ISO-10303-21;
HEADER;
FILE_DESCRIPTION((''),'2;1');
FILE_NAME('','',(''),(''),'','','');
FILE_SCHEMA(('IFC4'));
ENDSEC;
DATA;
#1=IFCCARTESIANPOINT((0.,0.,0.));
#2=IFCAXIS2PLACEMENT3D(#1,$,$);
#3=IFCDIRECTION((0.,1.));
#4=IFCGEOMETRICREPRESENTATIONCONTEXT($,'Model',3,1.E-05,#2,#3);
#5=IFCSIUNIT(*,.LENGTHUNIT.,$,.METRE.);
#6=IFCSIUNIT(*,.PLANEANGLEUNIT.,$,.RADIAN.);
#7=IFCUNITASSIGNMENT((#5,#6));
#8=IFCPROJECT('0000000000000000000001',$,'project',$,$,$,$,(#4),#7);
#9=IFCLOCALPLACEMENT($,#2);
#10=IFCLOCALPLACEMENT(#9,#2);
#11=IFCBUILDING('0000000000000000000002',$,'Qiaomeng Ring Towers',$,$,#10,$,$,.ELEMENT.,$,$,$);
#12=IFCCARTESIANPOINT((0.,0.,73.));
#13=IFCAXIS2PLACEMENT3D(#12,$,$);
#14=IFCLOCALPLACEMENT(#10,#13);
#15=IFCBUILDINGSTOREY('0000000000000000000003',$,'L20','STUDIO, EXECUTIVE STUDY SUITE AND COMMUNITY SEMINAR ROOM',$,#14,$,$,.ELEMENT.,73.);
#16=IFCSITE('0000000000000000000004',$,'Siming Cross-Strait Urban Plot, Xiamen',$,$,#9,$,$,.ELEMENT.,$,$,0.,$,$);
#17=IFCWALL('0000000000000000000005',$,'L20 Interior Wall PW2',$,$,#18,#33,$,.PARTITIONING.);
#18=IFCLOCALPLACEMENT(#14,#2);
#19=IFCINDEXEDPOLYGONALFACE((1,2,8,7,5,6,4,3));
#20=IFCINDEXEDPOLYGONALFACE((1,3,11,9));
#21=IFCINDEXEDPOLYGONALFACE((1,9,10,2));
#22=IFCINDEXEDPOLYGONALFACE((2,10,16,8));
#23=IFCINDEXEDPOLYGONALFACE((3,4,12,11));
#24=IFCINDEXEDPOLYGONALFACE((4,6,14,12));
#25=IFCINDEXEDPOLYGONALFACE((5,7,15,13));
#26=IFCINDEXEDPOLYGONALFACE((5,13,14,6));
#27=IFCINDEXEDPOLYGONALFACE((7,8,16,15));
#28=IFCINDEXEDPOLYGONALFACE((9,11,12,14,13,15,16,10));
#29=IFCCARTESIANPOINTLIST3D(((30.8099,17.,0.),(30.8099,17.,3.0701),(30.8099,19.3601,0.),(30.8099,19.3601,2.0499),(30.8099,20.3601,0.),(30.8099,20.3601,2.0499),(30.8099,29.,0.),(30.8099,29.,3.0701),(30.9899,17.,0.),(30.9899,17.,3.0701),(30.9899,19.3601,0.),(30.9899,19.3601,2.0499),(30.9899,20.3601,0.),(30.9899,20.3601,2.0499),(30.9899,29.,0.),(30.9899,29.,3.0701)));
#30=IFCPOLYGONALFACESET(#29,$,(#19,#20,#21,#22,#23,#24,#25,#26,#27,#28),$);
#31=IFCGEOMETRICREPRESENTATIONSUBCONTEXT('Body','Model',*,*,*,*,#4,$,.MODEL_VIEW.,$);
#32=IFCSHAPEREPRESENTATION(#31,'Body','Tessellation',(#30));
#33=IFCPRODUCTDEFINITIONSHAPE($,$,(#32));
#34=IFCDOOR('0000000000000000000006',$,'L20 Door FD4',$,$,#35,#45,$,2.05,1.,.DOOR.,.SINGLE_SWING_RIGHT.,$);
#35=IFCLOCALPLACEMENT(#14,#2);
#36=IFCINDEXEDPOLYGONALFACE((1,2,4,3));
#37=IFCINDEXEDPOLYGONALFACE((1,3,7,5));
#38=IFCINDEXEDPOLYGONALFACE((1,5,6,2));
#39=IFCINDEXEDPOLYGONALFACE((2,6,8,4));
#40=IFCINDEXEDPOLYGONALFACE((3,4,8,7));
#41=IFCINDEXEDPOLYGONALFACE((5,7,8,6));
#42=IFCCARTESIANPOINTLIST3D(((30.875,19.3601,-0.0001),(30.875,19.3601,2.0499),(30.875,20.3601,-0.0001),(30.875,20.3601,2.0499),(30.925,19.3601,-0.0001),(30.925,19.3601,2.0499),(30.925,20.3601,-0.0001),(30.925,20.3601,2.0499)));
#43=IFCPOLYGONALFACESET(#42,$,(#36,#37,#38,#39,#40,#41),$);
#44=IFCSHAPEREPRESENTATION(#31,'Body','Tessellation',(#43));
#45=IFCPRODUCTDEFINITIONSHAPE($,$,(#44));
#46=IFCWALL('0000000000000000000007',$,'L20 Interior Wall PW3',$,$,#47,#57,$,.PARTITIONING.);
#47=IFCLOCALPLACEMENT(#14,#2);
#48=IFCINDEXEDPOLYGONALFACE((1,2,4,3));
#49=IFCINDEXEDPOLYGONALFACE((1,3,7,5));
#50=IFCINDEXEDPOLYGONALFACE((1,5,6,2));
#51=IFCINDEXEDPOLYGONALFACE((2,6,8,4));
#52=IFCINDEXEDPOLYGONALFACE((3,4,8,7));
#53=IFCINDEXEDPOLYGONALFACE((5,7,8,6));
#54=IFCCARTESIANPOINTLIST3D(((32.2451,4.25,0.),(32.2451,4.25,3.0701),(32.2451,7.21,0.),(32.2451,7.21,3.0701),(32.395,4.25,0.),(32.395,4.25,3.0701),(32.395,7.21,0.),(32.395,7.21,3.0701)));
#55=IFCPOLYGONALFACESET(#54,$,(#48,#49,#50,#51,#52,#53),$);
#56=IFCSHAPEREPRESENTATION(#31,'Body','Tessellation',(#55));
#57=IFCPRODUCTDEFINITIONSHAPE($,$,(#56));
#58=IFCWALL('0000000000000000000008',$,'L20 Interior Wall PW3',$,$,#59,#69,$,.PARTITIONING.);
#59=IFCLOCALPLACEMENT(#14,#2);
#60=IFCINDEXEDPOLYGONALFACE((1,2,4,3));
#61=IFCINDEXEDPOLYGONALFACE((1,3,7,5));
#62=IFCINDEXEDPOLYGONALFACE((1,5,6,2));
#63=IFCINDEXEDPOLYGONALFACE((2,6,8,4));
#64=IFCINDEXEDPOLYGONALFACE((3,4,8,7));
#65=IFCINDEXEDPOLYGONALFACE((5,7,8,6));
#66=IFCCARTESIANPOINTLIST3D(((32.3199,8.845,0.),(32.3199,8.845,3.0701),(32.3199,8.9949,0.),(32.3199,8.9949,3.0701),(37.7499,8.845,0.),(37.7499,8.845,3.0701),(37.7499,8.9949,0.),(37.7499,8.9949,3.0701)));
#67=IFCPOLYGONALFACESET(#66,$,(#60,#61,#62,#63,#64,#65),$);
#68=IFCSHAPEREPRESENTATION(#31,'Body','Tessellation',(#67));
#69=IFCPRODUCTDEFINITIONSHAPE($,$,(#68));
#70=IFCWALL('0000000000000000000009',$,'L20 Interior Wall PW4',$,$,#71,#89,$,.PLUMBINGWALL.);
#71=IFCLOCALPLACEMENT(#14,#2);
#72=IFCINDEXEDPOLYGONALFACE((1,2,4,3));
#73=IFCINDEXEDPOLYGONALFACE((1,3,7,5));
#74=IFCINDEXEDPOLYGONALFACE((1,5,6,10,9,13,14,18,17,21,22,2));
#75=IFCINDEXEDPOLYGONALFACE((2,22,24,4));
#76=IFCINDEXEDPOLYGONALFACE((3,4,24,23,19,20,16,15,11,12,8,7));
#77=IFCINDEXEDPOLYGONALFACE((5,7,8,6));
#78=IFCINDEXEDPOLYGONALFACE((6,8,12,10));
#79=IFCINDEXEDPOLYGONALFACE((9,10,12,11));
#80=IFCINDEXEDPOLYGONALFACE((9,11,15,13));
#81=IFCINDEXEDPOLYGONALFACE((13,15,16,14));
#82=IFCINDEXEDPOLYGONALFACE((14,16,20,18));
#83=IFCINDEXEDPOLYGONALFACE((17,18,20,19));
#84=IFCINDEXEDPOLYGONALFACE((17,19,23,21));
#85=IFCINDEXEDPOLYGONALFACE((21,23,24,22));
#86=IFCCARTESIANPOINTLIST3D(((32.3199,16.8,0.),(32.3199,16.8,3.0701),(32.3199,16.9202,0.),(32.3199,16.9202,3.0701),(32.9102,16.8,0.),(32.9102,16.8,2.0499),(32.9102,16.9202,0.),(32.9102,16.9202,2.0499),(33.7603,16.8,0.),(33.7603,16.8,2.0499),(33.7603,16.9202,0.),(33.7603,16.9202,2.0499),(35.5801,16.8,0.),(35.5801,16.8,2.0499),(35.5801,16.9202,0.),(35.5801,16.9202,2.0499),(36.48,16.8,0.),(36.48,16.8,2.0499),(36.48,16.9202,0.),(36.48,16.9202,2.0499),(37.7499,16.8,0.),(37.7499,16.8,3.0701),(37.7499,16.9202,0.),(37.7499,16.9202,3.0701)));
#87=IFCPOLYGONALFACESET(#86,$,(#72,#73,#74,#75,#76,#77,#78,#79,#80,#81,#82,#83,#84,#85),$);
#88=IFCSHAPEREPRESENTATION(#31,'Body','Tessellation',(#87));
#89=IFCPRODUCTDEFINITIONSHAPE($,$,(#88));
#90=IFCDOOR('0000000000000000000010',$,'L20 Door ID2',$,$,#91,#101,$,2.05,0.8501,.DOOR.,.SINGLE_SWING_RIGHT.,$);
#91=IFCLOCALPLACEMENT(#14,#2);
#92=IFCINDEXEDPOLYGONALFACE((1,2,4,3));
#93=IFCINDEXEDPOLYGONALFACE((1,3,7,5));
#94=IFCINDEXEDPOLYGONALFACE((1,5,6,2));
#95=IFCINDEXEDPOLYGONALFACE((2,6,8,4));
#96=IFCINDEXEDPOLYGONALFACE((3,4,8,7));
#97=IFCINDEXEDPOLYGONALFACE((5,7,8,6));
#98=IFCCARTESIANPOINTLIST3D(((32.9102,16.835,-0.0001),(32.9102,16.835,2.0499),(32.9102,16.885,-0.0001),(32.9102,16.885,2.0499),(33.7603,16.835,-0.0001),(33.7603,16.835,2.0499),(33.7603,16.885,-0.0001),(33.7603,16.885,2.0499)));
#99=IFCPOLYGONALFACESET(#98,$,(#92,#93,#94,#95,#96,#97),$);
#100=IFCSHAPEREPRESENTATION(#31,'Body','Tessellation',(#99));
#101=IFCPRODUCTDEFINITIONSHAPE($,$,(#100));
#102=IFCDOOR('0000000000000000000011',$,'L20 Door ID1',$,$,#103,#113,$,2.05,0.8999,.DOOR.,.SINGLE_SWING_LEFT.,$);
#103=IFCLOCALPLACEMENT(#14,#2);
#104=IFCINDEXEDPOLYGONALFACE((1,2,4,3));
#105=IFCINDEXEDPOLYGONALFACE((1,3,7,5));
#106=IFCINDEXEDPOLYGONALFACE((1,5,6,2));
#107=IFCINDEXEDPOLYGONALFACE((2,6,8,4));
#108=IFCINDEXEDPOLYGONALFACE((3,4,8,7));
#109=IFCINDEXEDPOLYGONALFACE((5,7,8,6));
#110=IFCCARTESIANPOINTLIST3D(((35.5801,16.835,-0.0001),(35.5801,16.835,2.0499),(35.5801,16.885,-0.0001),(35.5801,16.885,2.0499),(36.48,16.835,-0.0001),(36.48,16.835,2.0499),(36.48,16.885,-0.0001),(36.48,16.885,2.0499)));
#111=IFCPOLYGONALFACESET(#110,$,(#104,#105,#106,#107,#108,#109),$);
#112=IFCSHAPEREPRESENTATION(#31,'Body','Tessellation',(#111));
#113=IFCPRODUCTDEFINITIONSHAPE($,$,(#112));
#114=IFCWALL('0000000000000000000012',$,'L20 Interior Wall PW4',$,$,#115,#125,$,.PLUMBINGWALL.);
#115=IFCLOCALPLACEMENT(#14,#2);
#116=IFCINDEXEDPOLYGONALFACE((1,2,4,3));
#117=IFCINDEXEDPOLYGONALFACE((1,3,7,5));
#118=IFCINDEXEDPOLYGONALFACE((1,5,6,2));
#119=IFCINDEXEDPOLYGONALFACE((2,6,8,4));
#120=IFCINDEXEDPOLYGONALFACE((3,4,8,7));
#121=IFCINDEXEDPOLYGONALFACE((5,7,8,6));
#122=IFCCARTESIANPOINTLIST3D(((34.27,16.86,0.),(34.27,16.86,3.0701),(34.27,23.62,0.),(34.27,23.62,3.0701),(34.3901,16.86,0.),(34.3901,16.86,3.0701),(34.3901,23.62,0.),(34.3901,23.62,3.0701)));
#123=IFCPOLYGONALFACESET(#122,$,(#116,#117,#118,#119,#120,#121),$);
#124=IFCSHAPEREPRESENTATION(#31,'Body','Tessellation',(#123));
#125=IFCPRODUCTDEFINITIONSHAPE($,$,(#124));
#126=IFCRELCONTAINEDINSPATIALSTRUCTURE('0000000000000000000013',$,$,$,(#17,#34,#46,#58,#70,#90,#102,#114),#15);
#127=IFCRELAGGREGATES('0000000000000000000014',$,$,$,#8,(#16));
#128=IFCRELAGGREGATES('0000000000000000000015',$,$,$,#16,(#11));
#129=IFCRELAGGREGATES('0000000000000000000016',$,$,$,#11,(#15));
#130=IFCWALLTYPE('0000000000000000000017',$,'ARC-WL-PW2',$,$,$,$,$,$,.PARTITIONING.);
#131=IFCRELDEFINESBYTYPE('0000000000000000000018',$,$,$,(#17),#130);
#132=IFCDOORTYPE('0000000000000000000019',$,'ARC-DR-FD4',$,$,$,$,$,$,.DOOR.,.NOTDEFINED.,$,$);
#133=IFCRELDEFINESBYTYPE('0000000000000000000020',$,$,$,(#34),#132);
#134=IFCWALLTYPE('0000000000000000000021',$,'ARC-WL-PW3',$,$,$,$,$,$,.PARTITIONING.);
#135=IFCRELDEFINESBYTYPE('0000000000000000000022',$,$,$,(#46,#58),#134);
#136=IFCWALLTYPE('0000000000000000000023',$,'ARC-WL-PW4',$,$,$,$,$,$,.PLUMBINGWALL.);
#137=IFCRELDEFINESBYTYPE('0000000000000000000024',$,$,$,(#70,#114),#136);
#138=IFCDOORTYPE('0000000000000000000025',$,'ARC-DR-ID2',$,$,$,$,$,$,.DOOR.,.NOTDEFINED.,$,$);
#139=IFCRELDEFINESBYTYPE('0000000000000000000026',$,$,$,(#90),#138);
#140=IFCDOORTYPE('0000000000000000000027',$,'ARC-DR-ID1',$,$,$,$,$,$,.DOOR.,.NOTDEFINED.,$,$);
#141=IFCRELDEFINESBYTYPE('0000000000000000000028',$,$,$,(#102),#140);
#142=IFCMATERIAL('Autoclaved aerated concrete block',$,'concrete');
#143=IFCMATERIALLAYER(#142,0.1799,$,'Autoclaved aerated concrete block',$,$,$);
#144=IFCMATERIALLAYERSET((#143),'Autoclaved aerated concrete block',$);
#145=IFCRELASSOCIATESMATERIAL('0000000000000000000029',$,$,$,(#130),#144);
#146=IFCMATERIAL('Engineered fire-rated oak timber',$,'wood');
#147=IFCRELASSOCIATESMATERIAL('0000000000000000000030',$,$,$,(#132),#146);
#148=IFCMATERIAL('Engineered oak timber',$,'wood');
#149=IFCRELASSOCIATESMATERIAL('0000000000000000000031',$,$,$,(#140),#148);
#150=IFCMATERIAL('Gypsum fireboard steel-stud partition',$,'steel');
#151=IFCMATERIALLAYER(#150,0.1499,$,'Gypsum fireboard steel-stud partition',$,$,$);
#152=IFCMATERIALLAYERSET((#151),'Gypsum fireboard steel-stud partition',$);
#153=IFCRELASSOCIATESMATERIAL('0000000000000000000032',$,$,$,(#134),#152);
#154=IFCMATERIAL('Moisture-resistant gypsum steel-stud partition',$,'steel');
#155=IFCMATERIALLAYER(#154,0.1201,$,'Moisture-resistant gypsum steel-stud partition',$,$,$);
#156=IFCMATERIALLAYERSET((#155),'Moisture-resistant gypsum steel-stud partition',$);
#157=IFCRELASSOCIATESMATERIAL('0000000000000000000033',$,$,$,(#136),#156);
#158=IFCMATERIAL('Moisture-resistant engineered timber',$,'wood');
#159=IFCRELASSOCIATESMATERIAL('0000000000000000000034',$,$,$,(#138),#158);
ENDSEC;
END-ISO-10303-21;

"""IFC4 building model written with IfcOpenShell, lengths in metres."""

from ifc_helpers import new_model, si_unit, direction, frame, frame_2d, origin, place, context, subcontext, project, spatial, rectangle, extrude, source, transform, mapped, material, layer, layer_set, type_object, element, fill, save


model = new_model("IFC4")

# Units and contexts
model_context = context("Model", 3, precision=1e-05, world=origin(), true_north=direction((0.0, 1.0)))
body_context = subcontext(model_context, "Body", "Model", "MODEL_VIEW")
ifc_project = project(units=[si_unit("LENGTHUNIT", "METRE"), si_unit("PLANEANGLEUNIT", "RADIAN")], contexts=[model_context])

# Site, building, storey
site_placement = place(None, origin())
site = spatial("IfcSite", under=ifc_project, at=site_placement, Name="Siming Cross-Strait Urban Plot, Xiamen", CompositionType="ELEMENT", RefElevation=0.0)
building_placement = place(site_placement, origin())
building = spatial("IfcBuilding", under=site, at=building_placement, Name="Qiaomeng Ring Towers", CompositionType="ELEMENT")
storey_placement = place(building_placement, frame((0.0, 0.0, 73.0)))
storey = spatial("IfcBuildingStorey", under=building, at=storey_placement, Name="L20", Description="STUDIO, EXECUTIVE STUDY SUITE AND COMMUNITY SEMINAR ROOM", CompositionType="ELEMENT", Elevation=73.0)

# Shared definitions
ifc_material_1 = material(Name="Autoclaved aerated concrete block", Category="concrete")

# Shared definitions
ifc_layer_1 = layer(ifc_material_1, 0.1799, Name="Autoclaved aerated concrete block")
ifc_layer_set_1 = layer_set([ifc_layer_1], Name="Autoclaved aerated concrete block")
wall_type_1 = type_object("IfcWallType", Name="ARC-WL-PW2", PredefinedType="PARTITIONING", material=ifc_layer_set_1)
ifc_material_2 = material(Name="Engineered fire-rated oak timber", Category="wood")
door_type_1 = type_object("IfcDoorType", Name="ARC-DR-FD4", OperationType="NOTDEFINED", PredefinedType="DOOR", material=ifc_material_2)
shared_shape_1 = source(origin(), body_context, "Body", "SweptSolid", [
    extrude(rectangle(XDim=1.0, YDim=2.05, at=frame_2d((0.5, 1.0249))), frame((0.0, 0.0249, 0.0), z_axis=(0.0, -1.0, 0.0), x_axis=(1.0, 0.0, 0.0)), (0.0, 0.0, 1.0), 0.05),
])
ifc_material_3 = material(Name="Engineered oak timber", Category="wood")
door_type_2 = type_object("IfcDoorType", Name="ARC-DR-ID1", OperationType="NOTDEFINED", PredefinedType="DOOR", material=ifc_material_3)
shared_shape_2 = source(origin(), body_context, "Body", "SweptSolid", [
    extrude(rectangle(XDim=0.8999, YDim=2.05, at=frame_2d((0.45, 1.0249))), frame((0.0, 0.0249, 0.0), z_axis=(0.0, -1.0, 0.0), x_axis=(1.0, 0.0, 0.0)), (0.0, 0.0, 1.0), 0.05),
])

# Wall, opening, door
wall_1_placement = place(storey_placement, frame((30.8999, 17.0, 0.0), z_axis=(0.0, 0.0, 1.0), x_axis=(0.0, 1.0, 0.0)))
wall_1 = element("IfcWall", 1, at=wall_1_placement, inside=storey, type_object=wall_type_1, Name="L20 Interior Wall PW2", PredefinedType="PARTITIONING", context=body_context, shape_type="SweptSolid", body=[
    extrude(rectangle(XDim=12.0, YDim=0.1799, at=frame_2d((6.0, 0.0))), origin(), (0.0, 0.0, 1.0), 3.0701),
])
opening_1_placement = place(wall_1_placement, frame((2.3601, 0.0, 0.0)))
opening_1 = element("IfcOpeningElement", 2, at=opening_1_placement, cuts=wall_1, PredefinedType="OPENING", context=body_context, shape_type="SweptSolid", body=[
    extrude(rectangle(XDim=1.0, YDim=2.05, at=frame_2d((0.5, 1.0249))), frame((0.0, 0.0999, 0.0), z_axis=(0.0, -1.0, 0.0), x_axis=(1.0, 0.0, 0.0)), (0.0, 0.0, 1.0), 0.2),
])
door_1_placement = place(opening_1_placement, origin())
door_1 = element("IfcDoor", 3, at=door_1_placement, inside=storey, type_object=door_type_1, Name="L20 Door FD4", OperationType="SINGLE_SWING_RIGHT", OverallHeight=2.05, OverallWidth=1.0, PredefinedType="DOOR", context=body_context, shape_type="MappedRepresentation", body=[
    mapped(shared_shape_1, transform((0.0, 0.0, 0.0), x_axis=(1.0, 0.0, 0.0), y_axis=(0.0, 1.0, 0.0), z_axis=(0.0, 0.0, 1.0), scale=1.0)),
])
fill(opening_1, door_1)

# Walls
ifc_material_4 = material(Name="Gypsum fireboard steel-stud partition", Category="steel")
ifc_layer_2 = layer(ifc_material_4, 0.1499, Name="Gypsum fireboard steel-stud partition")
ifc_layer_set_2 = layer_set([ifc_layer_2], Name="Gypsum fireboard steel-stud partition")
wall_type_2 = type_object("IfcWallType", Name="ARC-WL-PW3", PredefinedType="PARTITIONING", material=ifc_layer_set_2)
wall_2_placement = place(storey_placement, frame((32.3201, 4.25, 0.0), z_axis=(0.0, 0.0, 1.0), x_axis=(0.0, 1.0, 0.0)))
element("IfcWall", 4, at=wall_2_placement, inside=storey, type_object=wall_type_2, Name="L20 Interior Wall PW3", PredefinedType="PARTITIONING", context=body_context, shape_type="SweptSolid", body=[
    extrude(rectangle(XDim=2.96, YDim=0.1499, at=frame_2d((1.48, 0.0))), origin(), (0.0, 0.0, 1.0), 3.0701),
])
wall_3_placement = place(storey_placement, frame((32.3201, 8.9199, 0.0), z_axis=(0.0, 0.0, 1.0), x_axis=(1.0, 0.0, 0.0)))
element("IfcWall", 5, at=wall_3_placement, inside=storey, type_object=wall_type_2, Name="L20 Interior Wall PW3", PredefinedType="PARTITIONING", context=body_context, shape_type="SweptSolid", body=[
    extrude(rectangle(XDim=5.4299, YDim=0.1499, at=frame_2d((2.7148, 0.0))), origin(), (0.0, 0.0, 1.0), 3.0701),
])

# Wall, openings, doors
ifc_material_5 = material(Name="Moisture-resistant gypsum steel-stud partition", Category="steel")
ifc_layer_3 = layer(ifc_material_5, 0.1201, Name="Moisture-resistant gypsum steel-stud partition")
ifc_layer_set_3 = layer_set([ifc_layer_3], Name="Moisture-resistant gypsum steel-stud partition")
wall_type_3 = type_object("IfcWallType", Name="ARC-WL-PW4", PredefinedType="PLUMBINGWALL", material=ifc_layer_set_3)
wall_4_placement = place(storey_placement, frame((32.3201, 16.8601, 0.0), z_axis=(0.0, 0.0, 1.0), x_axis=(1.0, 0.0, 0.0)))
wall_4 = element("IfcWall", 6, at=wall_4_placement, inside=storey, type_object=wall_type_3, Name="L20 Interior Wall PW4", PredefinedType="PLUMBINGWALL", context=body_context, shape_type="SweptSolid", body=[
    extrude(rectangle(XDim=5.4299, YDim=0.1201, at=frame_2d((2.7148, 0.0))), origin(), (0.0, 0.0, 1.0), 3.0701),
])
opening_2_placement = place(wall_4_placement, frame((0.5901, 0.0, 0.0)))
opening_2 = element("IfcOpeningElement", 7, at=opening_2_placement, cuts=wall_4, PredefinedType="OPENING", context=body_context, shape_type="SweptSolid", body=[
    extrude(rectangle(XDim=0.8501, YDim=2.05, at=frame_2d((0.425, 1.0249))), frame((0.0, 0.0701, 0.0), z_axis=(0.0, -1.0, 0.0), x_axis=(1.0, 0.0, 0.0)), (0.0, 0.0, 1.0), 0.1401),
])
opening_3_placement = place(wall_4_placement, frame((3.26, 0.0, 0.0)))
opening_3 = element("IfcOpeningElement", 8, at=opening_3_placement, cuts=wall_4, PredefinedType="OPENING", context=body_context, shape_type="SweptSolid", body=[
    extrude(rectangle(XDim=0.8999, YDim=2.05, at=frame_2d((0.45, 1.0249))), frame((0.0, 0.0701, 0.0), z_axis=(0.0, -1.0, 0.0), x_axis=(1.0, 0.0, 0.0)), (0.0, 0.0, 1.0), 0.1401),
])
ifc_material_6 = material(Name="Moisture-resistant engineered timber", Category="wood")
door_type_3 = type_object("IfcDoorType", Name="ARC-DR-ID2", OperationType="NOTDEFINED", PredefinedType="DOOR", material=ifc_material_6)
shared_shape_3 = source(origin(), body_context, "Body", "SweptSolid", [
    extrude(rectangle(XDim=0.8501, YDim=2.05, at=frame_2d((0.425, 1.0249))), frame((0.0, 0.0249, 0.0), z_axis=(0.0, -1.0, 0.0), x_axis=(1.0, 0.0, 0.0)), (0.0, 0.0, 1.0), 0.05),
])
door_2_placement = place(opening_2_placement, origin())
door_2 = element("IfcDoor", 9, at=door_2_placement, inside=storey, type_object=door_type_3, Name="L20 Door ID2", OperationType="SINGLE_SWING_RIGHT", OverallHeight=2.05, OverallWidth=0.8501, PredefinedType="DOOR", context=body_context, shape_type="MappedRepresentation", body=[
    mapped(shared_shape_3, transform((0.0, 0.0, 0.0), x_axis=(1.0, 0.0, 0.0), y_axis=(0.0, 1.0, 0.0), z_axis=(0.0, 0.0, 1.0), scale=1.0)),
])
fill(opening_2, door_2)
door_3_placement = place(opening_3_placement, origin())
door_3 = element("IfcDoor", 10, at=door_3_placement, inside=storey, type_object=door_type_2, Name="L20 Door ID1", OperationType="SINGLE_SWING_LEFT", OverallHeight=2.05, OverallWidth=0.8999, PredefinedType="DOOR", context=body_context, shape_type="MappedRepresentation", body=[
    mapped(shared_shape_2, transform((0.0, 0.0, 0.0), x_axis=(1.0, 0.0, 0.0), y_axis=(0.0, 1.0, 0.0), z_axis=(0.0, 0.0, 1.0), scale=1.0)),
])
fill(opening_3, door_3)

# Wall
wall_5_placement = place(storey_placement, frame((34.3301, 16.8601, 0.0), z_axis=(0.0, 0.0, 1.0), x_axis=(0.0, 1.0, 0.0)))
element("IfcWall", 11, at=wall_5_placement, inside=storey, type_object=wall_type_3, Name="L20 Interior Wall PW4", PredefinedType="PLUMBINGWALL", context=body_context, shape_type="SweptSolid", body=[
    extrude(rectangle(XDim=6.76, YDim=0.1201, at=frame_2d((3.3799, 0.0))), origin(), (0.0, 0.0, 1.0), 3.0701),
])

save(model, "model.ifc")
